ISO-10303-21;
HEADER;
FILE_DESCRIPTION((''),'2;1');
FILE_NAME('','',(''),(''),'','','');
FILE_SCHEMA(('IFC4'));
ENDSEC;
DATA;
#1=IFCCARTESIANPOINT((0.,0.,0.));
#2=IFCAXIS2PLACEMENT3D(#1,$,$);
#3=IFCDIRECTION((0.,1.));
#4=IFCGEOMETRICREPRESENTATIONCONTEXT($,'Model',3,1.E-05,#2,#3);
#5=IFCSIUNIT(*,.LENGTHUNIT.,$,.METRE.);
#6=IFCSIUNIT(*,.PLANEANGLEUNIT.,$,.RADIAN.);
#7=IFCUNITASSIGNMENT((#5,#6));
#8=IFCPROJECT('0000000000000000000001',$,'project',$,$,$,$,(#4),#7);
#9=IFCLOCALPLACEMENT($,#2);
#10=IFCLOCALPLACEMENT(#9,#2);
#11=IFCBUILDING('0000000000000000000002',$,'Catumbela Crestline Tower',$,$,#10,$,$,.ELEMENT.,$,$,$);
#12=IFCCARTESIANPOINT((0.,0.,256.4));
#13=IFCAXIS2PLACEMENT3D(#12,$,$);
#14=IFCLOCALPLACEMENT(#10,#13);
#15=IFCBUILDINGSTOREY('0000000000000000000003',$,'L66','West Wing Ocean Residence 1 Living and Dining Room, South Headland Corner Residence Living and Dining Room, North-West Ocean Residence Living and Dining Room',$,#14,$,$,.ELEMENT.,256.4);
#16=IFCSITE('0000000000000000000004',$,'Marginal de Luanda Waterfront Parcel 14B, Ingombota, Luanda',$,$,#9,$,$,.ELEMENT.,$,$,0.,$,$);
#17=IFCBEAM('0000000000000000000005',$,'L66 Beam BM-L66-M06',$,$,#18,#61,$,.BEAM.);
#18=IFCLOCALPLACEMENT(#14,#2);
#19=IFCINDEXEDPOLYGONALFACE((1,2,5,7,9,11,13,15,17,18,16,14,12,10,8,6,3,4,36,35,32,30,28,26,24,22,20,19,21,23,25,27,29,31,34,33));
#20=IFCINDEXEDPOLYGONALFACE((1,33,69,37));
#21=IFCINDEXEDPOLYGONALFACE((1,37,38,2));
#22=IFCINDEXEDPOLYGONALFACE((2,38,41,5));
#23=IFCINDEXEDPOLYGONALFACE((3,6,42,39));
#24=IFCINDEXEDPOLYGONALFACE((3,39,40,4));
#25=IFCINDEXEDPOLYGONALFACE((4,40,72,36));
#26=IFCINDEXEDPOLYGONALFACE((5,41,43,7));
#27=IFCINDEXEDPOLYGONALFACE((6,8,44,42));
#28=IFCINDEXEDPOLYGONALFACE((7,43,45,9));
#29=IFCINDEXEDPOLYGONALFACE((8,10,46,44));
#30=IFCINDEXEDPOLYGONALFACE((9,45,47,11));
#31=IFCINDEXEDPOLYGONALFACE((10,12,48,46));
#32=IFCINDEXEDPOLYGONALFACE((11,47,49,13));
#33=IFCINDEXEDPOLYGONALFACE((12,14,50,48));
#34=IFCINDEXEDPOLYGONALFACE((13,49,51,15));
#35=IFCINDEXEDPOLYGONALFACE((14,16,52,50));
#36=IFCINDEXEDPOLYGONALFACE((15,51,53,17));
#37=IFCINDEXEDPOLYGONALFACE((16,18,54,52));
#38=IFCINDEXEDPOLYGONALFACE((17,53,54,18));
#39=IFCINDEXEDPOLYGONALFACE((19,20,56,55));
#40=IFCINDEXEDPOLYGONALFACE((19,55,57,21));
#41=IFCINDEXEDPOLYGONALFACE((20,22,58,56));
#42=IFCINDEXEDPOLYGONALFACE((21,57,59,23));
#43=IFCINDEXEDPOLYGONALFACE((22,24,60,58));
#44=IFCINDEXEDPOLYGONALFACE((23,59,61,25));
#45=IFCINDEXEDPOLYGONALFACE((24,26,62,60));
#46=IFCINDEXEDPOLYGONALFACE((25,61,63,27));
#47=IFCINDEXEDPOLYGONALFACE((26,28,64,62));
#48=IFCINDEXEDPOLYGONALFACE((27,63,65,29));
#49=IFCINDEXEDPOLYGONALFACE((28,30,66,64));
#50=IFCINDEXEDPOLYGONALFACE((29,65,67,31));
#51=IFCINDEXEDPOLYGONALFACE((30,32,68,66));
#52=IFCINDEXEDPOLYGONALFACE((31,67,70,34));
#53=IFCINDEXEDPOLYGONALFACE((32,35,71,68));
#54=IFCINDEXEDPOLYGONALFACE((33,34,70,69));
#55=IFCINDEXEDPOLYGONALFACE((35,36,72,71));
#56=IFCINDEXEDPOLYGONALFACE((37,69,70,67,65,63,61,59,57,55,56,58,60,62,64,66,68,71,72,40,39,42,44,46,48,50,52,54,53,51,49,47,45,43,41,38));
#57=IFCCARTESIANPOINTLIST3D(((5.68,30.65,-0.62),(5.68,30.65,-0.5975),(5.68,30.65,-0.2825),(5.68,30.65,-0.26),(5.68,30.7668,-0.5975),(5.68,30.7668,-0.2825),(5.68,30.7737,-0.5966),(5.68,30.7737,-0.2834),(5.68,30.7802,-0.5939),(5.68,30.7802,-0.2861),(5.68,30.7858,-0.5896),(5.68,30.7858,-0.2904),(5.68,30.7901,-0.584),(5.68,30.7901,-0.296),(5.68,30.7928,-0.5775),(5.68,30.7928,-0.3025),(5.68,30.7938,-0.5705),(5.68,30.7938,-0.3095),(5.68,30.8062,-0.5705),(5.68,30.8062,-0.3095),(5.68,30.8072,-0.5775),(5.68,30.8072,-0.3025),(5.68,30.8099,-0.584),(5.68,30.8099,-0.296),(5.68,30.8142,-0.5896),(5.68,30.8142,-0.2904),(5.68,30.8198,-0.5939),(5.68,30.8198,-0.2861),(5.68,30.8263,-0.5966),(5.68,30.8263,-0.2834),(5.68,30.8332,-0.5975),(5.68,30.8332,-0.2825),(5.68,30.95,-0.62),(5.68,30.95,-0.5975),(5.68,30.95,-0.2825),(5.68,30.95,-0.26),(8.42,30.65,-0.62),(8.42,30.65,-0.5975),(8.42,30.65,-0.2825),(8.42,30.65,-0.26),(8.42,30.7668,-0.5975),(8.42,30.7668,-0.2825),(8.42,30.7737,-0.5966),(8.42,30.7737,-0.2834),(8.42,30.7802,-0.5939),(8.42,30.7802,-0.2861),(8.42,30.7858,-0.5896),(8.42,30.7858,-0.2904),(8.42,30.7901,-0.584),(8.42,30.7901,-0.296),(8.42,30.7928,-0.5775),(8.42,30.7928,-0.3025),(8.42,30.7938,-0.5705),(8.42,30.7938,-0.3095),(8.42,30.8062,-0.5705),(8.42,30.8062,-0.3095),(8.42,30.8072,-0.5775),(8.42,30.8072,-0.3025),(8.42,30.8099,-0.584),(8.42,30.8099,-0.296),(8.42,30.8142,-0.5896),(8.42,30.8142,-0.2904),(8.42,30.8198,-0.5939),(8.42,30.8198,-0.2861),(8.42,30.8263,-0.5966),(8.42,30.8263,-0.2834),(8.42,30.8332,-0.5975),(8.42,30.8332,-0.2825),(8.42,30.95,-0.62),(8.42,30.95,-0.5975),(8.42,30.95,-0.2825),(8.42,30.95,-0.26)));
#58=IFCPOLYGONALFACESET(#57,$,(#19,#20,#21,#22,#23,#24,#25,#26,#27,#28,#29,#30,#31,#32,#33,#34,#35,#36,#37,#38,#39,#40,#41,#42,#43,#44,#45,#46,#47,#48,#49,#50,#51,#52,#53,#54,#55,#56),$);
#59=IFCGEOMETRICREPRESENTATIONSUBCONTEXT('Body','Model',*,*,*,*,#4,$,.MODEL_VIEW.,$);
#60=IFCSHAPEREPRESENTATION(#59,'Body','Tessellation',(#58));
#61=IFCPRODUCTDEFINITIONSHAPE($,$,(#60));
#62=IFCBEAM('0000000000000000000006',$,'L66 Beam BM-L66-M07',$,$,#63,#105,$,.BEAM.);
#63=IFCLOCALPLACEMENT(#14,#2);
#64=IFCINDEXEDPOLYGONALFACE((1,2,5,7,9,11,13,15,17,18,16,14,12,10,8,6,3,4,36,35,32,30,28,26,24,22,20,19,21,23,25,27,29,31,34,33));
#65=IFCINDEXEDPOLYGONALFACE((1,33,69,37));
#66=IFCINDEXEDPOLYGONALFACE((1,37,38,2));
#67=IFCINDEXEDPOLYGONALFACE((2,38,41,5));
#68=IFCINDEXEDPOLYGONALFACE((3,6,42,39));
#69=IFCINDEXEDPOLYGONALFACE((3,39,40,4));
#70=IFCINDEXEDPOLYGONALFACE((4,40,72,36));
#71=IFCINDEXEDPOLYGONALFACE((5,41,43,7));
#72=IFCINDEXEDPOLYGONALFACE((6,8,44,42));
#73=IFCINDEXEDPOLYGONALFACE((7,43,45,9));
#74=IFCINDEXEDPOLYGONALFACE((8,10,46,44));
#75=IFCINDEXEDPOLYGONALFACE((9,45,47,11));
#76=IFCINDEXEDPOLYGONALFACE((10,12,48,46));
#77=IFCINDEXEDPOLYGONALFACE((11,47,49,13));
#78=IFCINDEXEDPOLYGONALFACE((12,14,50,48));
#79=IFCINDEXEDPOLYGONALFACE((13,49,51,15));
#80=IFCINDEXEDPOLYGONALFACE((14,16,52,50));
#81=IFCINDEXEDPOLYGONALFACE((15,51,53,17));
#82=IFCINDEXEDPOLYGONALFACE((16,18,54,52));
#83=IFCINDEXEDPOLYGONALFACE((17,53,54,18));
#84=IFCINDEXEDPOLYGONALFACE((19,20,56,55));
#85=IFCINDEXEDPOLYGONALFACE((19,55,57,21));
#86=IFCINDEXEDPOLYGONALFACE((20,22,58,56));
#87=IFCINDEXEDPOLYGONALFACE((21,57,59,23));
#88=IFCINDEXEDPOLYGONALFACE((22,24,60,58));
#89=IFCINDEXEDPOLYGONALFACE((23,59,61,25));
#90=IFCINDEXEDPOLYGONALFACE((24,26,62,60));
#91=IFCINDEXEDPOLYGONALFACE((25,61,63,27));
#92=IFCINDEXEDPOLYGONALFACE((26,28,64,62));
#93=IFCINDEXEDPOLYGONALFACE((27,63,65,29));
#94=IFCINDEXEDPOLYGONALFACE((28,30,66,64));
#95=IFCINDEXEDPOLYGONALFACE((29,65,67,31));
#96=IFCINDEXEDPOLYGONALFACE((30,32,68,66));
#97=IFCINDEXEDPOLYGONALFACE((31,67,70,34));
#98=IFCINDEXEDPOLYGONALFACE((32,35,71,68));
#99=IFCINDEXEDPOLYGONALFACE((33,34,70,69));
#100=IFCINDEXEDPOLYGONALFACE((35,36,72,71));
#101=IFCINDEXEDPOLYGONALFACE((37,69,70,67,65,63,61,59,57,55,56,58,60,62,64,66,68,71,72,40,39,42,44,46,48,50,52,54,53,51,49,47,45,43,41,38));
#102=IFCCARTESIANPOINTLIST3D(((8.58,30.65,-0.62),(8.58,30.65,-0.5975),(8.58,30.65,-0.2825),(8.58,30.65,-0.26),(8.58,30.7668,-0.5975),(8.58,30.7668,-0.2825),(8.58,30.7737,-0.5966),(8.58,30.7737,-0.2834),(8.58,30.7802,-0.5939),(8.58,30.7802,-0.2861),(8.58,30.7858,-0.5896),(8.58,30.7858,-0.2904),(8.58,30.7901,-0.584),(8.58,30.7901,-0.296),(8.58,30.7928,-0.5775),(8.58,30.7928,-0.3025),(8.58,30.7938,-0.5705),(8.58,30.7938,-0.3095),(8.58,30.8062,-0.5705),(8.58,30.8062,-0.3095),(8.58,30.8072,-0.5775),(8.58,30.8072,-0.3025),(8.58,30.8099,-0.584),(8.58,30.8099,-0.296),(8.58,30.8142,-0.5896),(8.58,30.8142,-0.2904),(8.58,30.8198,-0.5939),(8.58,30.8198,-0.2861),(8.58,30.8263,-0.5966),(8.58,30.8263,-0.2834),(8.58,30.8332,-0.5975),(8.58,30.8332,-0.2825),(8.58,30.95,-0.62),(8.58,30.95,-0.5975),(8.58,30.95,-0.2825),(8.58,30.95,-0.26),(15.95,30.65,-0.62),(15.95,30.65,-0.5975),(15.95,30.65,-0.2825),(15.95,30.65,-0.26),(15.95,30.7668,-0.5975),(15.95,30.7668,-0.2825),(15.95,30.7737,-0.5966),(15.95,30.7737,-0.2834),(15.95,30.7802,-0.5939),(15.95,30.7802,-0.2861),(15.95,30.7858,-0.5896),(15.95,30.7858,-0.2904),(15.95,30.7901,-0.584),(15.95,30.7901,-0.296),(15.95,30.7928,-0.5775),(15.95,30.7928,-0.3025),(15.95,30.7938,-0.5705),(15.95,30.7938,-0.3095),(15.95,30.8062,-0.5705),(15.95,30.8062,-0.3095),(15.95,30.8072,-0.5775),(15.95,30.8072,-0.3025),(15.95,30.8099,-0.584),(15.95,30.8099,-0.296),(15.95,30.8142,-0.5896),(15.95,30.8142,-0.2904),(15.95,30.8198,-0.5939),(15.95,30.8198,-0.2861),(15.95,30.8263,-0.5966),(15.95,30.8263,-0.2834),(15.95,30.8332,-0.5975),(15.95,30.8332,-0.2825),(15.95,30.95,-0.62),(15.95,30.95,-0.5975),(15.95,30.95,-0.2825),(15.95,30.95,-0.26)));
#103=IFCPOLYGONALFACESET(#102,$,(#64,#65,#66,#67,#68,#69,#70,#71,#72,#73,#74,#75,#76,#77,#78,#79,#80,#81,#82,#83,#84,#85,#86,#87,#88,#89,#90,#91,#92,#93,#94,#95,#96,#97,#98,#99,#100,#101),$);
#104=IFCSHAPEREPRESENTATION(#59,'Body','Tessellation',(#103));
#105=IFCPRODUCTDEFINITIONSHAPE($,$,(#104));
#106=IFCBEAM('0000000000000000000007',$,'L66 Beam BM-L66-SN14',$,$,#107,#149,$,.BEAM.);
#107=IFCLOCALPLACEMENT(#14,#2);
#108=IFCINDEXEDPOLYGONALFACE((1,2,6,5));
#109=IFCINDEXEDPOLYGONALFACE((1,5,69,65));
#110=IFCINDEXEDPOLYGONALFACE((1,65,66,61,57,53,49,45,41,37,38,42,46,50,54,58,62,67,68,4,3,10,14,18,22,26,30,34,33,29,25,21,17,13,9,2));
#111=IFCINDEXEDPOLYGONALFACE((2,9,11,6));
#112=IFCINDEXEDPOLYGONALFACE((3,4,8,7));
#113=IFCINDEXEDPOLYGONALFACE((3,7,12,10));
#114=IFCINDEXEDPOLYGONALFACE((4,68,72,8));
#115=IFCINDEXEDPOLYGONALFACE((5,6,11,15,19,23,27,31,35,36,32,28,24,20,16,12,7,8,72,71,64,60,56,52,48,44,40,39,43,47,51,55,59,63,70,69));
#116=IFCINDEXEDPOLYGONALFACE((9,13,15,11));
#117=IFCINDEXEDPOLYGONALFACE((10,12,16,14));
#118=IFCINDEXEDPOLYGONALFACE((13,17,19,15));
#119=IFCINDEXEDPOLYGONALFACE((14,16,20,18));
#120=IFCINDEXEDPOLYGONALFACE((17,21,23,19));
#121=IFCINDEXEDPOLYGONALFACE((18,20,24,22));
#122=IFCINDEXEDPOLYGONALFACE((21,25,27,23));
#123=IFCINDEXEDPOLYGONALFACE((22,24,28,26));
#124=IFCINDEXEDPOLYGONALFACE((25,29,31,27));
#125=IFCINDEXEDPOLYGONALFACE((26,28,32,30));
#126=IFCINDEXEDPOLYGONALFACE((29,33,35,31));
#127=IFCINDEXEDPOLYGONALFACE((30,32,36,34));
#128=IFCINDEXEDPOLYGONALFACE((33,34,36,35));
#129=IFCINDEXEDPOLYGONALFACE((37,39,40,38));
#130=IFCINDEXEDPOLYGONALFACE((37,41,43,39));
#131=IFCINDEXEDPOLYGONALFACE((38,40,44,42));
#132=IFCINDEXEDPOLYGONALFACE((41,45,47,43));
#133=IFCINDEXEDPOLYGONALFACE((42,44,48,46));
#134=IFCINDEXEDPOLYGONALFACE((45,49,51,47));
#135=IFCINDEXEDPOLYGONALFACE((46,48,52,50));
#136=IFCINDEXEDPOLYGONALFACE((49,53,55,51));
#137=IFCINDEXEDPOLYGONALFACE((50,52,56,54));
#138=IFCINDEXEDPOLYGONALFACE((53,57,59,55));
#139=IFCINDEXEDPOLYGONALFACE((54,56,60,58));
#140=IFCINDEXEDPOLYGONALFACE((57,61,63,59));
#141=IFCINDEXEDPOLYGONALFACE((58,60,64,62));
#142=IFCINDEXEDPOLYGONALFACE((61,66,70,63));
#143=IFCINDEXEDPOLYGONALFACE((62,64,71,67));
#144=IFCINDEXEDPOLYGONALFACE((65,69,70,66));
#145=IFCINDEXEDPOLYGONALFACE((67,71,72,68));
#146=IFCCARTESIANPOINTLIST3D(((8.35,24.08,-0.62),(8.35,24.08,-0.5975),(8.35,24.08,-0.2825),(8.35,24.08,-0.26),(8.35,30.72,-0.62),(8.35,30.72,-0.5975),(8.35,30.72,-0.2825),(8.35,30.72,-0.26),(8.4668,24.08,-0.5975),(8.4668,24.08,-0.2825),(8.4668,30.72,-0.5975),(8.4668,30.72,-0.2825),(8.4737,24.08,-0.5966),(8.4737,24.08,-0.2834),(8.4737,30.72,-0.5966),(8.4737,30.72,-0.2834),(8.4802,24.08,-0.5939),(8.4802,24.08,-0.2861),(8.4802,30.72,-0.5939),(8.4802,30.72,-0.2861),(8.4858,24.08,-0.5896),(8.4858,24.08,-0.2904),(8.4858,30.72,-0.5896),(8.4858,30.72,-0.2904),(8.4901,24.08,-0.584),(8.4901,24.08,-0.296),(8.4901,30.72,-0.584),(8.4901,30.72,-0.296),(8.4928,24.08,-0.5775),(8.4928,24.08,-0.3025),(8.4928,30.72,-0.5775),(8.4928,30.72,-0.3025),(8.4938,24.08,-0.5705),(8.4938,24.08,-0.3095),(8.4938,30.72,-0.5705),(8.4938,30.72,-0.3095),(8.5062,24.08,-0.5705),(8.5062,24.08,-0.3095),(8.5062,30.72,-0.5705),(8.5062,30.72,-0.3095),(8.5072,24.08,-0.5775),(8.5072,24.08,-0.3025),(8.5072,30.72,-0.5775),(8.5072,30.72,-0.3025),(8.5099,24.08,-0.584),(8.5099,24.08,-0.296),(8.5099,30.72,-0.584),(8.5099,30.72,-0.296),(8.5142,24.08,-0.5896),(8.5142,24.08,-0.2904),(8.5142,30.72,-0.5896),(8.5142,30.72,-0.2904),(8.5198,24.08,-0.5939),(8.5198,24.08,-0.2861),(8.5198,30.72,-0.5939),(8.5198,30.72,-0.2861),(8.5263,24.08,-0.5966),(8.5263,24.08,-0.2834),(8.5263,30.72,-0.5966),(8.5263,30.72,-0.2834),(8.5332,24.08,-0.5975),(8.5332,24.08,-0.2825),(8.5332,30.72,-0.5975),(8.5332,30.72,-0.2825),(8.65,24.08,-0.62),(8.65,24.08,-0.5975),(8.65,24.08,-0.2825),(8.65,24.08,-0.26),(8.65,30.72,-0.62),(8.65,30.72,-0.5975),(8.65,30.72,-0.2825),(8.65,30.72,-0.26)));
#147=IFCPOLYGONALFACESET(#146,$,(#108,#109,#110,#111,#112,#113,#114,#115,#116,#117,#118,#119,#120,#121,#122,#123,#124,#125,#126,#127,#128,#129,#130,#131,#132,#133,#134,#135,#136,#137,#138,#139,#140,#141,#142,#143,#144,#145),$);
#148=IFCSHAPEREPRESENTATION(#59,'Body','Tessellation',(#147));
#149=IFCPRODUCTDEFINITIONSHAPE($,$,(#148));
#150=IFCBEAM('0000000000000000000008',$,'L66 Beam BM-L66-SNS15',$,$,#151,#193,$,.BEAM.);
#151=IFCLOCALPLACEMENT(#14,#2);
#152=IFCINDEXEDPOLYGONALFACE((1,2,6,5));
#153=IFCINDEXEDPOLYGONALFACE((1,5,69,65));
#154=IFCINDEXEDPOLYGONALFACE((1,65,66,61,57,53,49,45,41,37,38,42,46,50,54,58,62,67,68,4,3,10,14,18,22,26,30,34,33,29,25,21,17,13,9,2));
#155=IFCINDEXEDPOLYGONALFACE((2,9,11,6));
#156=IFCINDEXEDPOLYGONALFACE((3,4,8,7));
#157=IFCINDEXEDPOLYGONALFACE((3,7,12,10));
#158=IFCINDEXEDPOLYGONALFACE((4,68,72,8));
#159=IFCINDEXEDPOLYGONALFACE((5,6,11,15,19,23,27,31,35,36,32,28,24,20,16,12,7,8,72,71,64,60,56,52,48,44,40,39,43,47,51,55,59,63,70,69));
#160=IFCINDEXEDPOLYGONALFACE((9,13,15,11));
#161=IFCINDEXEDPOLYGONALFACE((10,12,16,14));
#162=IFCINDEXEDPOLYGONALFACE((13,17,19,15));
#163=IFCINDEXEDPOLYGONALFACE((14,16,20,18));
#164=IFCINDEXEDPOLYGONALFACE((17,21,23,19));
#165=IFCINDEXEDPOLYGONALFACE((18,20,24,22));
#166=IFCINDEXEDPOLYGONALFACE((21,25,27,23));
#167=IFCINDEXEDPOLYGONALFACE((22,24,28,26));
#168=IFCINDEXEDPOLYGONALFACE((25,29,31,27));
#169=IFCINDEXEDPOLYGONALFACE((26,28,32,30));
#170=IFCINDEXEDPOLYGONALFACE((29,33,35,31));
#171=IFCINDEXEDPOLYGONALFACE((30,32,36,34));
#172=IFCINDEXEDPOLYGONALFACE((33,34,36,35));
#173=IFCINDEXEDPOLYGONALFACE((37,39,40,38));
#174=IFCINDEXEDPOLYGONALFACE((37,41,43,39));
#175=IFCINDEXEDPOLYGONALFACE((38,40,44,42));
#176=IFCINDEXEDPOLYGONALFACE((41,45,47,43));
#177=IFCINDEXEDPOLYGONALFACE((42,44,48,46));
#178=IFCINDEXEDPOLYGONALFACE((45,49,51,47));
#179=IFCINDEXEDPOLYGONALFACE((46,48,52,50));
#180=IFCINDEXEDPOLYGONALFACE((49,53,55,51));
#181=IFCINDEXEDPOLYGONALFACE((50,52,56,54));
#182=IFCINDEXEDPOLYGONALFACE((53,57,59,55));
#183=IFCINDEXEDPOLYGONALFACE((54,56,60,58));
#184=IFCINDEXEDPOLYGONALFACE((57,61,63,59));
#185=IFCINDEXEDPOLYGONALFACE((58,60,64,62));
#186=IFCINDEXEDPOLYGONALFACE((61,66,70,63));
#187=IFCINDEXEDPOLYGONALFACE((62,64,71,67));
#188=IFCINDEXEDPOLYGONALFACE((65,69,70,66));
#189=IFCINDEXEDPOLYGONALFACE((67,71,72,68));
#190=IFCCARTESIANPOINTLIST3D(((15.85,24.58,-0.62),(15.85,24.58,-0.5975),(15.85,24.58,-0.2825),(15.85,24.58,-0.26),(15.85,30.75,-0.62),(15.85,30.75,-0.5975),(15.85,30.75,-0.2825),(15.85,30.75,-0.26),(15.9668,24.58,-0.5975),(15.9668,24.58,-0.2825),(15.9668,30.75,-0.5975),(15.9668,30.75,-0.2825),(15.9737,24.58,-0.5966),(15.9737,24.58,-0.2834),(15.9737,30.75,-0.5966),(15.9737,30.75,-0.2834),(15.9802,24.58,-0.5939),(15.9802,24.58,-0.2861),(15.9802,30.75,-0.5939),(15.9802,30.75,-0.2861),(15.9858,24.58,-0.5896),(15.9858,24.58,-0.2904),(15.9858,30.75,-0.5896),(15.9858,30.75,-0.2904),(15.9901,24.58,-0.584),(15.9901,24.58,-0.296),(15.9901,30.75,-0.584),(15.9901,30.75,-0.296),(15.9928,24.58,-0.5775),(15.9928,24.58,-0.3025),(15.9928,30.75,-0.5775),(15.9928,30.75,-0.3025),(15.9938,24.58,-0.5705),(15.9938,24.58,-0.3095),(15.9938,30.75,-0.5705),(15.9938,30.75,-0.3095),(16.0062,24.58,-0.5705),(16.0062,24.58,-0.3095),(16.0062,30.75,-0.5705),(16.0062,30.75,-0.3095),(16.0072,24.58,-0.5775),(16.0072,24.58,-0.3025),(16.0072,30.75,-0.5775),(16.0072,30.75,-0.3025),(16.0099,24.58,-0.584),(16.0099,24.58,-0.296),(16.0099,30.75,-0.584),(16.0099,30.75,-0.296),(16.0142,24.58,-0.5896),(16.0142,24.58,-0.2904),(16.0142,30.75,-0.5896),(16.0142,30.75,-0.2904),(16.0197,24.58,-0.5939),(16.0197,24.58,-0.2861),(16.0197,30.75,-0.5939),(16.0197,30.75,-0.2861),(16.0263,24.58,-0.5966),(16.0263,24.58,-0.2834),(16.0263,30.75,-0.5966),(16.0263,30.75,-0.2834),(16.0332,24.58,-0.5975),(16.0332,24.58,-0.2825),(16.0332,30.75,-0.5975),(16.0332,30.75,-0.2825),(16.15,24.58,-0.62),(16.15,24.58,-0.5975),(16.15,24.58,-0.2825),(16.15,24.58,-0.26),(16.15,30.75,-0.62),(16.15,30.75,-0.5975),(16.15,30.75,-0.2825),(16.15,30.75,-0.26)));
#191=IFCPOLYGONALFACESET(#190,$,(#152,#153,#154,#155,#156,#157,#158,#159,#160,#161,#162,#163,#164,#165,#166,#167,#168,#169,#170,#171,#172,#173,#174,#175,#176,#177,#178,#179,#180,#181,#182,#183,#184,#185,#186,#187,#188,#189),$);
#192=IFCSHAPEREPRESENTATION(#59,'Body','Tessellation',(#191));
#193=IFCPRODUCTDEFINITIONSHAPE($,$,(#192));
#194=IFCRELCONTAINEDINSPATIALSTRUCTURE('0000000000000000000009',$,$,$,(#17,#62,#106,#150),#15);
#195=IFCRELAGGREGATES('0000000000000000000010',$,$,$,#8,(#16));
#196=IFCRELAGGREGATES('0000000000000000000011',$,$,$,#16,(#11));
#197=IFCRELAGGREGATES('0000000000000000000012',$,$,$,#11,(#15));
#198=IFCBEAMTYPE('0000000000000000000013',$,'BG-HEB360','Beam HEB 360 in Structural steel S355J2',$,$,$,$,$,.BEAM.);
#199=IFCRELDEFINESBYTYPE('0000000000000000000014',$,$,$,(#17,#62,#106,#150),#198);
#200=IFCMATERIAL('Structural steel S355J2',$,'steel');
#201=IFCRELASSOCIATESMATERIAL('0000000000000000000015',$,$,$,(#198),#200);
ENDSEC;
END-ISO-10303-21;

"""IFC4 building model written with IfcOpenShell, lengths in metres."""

from ifc_helpers import new_model, si_unit, direction, frame, origin, origin_2d, place, context, subcontext, project, spatial, i_section, extrude, material, material_profile, profile_set, type_object, element, save


model = new_model("IFC4")

# Units and contexts
model_context = context("Model", 3, precision=1e-05, world=origin(), true_north=direction((0.0, 1.0)))
body_context = subcontext(model_context, "Body", "Model", "MODEL_VIEW")
ifc_project = project(units=[si_unit("LENGTHUNIT", "METRE"), si_unit("PLANEANGLEUNIT", "RADIAN")], contexts=[model_context])

# Site, building, storey
site_placement = place(None, origin())
site = spatial("IfcSite", under=ifc_project, at=site_placement, Name="Marginal de Luanda Waterfront Parcel 14B, Ingombota, Luanda", CompositionType="ELEMENT", RefElevation=0.0)
building_placement = place(site_placement, origin())
building = spatial("IfcBuilding", under=site, at=building_placement, Name="Catumbela Crestline Tower", CompositionType="ELEMENT")
storey_placement = place(building_placement, frame((0.0, 0.0, 256.4)))
storey = spatial("IfcBuildingStorey", under=building, at=storey_placement, Name="L66", Description="West Wing Ocean Residence 1 Living and Dining Room, South Headland Corner Residence Living and Dining Room, North-West Ocean Residence Living and Dining Room", CompositionType="ELEMENT", Elevation=256.4)

# Beams
ifc_material_1 = material(Name="Structural steel S355J2", Category="steel")
ifc_material_profile_1 = material_profile(ifc_material_1, i_section(OverallWidth=0.3, OverallDepth=0.36, WebThickness=0.0125, FlangeThickness=0.0225, FilletRadius=0.027, at=origin_2d()), Name="HEB 360")
ifc_profile_set_1 = profile_set([ifc_material_profile_1], Name="Structural steel S355J2")
beam_type = type_object("IfcBeamType", Name="BG-HEB360", Description="Beam HEB 360 in Structural steel S355J2", PredefinedType="BEAM", material=ifc_profile_set_1)
beam_1_placement = place(storey_placement, frame((5.68, 30.8, -0.44), z_axis=(1.0, 0.0, 0.0), x_axis=(0.0, 1.0, 0.0)))
element("IfcBeam", 1, at=beam_1_placement, inside=storey, type_object=beam_type, Name="L66 Beam BM-L66-M06", PredefinedType="BEAM", context=body_context, shape_type="SweptSolid", body=[
    extrude(i_section(OverallWidth=0.3, OverallDepth=0.36, WebThickness=0.0125, FlangeThickness=0.0225, FilletRadius=0.027, at=origin_2d()), origin(), (0.0, 0.0, 1.0), 2.74),
])
beam_2_placement = place(storey_placement, frame((8.58, 30.8, -0.44), z_axis=(1.0, 0.0, 0.0), x_axis=(0.0, 1.0, 0.0)))
element("IfcBeam", 2, at=beam_2_placement, inside=storey, type_object=beam_type, Name="L66 Beam BM-L66-M07", PredefinedType="BEAM", context=body_context, shape_type="SweptSolid", body=[
    extrude(i_section(OverallWidth=0.3, OverallDepth=0.36, WebThickness=0.0125, FlangeThickness=0.0225, FilletRadius=0.027, at=origin_2d()), origin(), (0.0, 0.0, 1.0), 7.37),
])
beam_3_placement = place(storey_placement, frame((8.5, 24.08, -0.44), z_axis=(0.0, 1.0, 0.0), x_axis=(-1.0, 0.0, 0.0)))
element("IfcBeam", 3, at=beam_3_placement, inside=storey, type_object=beam_type, Name="L66 Beam BM-L66-SN14", PredefinedType="BEAM", context=body_context, shape_type="SweptSolid", body=[
    extrude(i_section(OverallWidth=0.3, OverallDepth=0.36, WebThickness=0.0125, FlangeThickness=0.0225, FilletRadius=0.027, at=origin_2d()), origin(), (0.0, 0.0, 1.0), 6.64),
])
beam_4_placement = place(storey_placement, frame((16.0, 24.58, -0.44), z_axis=(0.0, 1.0, 0.0), x_axis=(-1.0, 0.0, 0.0)))
element("IfcBeam", 4, at=beam_4_placement, inside=storey, type_object=beam_type, Name="L66 Beam BM-L66-SNS15", PredefinedType="BEAM", context=body_context, shape_type="SweptSolid", body=[
    extrude(i_section(OverallWidth=0.3, OverallDepth=0.36, WebThickness=0.0125, FlangeThickness=0.0225, FilletRadius=0.027, at=origin_2d()), origin(), (0.0, 0.0, 1.0), 6.17),
])

save(model, "model.ifc")
